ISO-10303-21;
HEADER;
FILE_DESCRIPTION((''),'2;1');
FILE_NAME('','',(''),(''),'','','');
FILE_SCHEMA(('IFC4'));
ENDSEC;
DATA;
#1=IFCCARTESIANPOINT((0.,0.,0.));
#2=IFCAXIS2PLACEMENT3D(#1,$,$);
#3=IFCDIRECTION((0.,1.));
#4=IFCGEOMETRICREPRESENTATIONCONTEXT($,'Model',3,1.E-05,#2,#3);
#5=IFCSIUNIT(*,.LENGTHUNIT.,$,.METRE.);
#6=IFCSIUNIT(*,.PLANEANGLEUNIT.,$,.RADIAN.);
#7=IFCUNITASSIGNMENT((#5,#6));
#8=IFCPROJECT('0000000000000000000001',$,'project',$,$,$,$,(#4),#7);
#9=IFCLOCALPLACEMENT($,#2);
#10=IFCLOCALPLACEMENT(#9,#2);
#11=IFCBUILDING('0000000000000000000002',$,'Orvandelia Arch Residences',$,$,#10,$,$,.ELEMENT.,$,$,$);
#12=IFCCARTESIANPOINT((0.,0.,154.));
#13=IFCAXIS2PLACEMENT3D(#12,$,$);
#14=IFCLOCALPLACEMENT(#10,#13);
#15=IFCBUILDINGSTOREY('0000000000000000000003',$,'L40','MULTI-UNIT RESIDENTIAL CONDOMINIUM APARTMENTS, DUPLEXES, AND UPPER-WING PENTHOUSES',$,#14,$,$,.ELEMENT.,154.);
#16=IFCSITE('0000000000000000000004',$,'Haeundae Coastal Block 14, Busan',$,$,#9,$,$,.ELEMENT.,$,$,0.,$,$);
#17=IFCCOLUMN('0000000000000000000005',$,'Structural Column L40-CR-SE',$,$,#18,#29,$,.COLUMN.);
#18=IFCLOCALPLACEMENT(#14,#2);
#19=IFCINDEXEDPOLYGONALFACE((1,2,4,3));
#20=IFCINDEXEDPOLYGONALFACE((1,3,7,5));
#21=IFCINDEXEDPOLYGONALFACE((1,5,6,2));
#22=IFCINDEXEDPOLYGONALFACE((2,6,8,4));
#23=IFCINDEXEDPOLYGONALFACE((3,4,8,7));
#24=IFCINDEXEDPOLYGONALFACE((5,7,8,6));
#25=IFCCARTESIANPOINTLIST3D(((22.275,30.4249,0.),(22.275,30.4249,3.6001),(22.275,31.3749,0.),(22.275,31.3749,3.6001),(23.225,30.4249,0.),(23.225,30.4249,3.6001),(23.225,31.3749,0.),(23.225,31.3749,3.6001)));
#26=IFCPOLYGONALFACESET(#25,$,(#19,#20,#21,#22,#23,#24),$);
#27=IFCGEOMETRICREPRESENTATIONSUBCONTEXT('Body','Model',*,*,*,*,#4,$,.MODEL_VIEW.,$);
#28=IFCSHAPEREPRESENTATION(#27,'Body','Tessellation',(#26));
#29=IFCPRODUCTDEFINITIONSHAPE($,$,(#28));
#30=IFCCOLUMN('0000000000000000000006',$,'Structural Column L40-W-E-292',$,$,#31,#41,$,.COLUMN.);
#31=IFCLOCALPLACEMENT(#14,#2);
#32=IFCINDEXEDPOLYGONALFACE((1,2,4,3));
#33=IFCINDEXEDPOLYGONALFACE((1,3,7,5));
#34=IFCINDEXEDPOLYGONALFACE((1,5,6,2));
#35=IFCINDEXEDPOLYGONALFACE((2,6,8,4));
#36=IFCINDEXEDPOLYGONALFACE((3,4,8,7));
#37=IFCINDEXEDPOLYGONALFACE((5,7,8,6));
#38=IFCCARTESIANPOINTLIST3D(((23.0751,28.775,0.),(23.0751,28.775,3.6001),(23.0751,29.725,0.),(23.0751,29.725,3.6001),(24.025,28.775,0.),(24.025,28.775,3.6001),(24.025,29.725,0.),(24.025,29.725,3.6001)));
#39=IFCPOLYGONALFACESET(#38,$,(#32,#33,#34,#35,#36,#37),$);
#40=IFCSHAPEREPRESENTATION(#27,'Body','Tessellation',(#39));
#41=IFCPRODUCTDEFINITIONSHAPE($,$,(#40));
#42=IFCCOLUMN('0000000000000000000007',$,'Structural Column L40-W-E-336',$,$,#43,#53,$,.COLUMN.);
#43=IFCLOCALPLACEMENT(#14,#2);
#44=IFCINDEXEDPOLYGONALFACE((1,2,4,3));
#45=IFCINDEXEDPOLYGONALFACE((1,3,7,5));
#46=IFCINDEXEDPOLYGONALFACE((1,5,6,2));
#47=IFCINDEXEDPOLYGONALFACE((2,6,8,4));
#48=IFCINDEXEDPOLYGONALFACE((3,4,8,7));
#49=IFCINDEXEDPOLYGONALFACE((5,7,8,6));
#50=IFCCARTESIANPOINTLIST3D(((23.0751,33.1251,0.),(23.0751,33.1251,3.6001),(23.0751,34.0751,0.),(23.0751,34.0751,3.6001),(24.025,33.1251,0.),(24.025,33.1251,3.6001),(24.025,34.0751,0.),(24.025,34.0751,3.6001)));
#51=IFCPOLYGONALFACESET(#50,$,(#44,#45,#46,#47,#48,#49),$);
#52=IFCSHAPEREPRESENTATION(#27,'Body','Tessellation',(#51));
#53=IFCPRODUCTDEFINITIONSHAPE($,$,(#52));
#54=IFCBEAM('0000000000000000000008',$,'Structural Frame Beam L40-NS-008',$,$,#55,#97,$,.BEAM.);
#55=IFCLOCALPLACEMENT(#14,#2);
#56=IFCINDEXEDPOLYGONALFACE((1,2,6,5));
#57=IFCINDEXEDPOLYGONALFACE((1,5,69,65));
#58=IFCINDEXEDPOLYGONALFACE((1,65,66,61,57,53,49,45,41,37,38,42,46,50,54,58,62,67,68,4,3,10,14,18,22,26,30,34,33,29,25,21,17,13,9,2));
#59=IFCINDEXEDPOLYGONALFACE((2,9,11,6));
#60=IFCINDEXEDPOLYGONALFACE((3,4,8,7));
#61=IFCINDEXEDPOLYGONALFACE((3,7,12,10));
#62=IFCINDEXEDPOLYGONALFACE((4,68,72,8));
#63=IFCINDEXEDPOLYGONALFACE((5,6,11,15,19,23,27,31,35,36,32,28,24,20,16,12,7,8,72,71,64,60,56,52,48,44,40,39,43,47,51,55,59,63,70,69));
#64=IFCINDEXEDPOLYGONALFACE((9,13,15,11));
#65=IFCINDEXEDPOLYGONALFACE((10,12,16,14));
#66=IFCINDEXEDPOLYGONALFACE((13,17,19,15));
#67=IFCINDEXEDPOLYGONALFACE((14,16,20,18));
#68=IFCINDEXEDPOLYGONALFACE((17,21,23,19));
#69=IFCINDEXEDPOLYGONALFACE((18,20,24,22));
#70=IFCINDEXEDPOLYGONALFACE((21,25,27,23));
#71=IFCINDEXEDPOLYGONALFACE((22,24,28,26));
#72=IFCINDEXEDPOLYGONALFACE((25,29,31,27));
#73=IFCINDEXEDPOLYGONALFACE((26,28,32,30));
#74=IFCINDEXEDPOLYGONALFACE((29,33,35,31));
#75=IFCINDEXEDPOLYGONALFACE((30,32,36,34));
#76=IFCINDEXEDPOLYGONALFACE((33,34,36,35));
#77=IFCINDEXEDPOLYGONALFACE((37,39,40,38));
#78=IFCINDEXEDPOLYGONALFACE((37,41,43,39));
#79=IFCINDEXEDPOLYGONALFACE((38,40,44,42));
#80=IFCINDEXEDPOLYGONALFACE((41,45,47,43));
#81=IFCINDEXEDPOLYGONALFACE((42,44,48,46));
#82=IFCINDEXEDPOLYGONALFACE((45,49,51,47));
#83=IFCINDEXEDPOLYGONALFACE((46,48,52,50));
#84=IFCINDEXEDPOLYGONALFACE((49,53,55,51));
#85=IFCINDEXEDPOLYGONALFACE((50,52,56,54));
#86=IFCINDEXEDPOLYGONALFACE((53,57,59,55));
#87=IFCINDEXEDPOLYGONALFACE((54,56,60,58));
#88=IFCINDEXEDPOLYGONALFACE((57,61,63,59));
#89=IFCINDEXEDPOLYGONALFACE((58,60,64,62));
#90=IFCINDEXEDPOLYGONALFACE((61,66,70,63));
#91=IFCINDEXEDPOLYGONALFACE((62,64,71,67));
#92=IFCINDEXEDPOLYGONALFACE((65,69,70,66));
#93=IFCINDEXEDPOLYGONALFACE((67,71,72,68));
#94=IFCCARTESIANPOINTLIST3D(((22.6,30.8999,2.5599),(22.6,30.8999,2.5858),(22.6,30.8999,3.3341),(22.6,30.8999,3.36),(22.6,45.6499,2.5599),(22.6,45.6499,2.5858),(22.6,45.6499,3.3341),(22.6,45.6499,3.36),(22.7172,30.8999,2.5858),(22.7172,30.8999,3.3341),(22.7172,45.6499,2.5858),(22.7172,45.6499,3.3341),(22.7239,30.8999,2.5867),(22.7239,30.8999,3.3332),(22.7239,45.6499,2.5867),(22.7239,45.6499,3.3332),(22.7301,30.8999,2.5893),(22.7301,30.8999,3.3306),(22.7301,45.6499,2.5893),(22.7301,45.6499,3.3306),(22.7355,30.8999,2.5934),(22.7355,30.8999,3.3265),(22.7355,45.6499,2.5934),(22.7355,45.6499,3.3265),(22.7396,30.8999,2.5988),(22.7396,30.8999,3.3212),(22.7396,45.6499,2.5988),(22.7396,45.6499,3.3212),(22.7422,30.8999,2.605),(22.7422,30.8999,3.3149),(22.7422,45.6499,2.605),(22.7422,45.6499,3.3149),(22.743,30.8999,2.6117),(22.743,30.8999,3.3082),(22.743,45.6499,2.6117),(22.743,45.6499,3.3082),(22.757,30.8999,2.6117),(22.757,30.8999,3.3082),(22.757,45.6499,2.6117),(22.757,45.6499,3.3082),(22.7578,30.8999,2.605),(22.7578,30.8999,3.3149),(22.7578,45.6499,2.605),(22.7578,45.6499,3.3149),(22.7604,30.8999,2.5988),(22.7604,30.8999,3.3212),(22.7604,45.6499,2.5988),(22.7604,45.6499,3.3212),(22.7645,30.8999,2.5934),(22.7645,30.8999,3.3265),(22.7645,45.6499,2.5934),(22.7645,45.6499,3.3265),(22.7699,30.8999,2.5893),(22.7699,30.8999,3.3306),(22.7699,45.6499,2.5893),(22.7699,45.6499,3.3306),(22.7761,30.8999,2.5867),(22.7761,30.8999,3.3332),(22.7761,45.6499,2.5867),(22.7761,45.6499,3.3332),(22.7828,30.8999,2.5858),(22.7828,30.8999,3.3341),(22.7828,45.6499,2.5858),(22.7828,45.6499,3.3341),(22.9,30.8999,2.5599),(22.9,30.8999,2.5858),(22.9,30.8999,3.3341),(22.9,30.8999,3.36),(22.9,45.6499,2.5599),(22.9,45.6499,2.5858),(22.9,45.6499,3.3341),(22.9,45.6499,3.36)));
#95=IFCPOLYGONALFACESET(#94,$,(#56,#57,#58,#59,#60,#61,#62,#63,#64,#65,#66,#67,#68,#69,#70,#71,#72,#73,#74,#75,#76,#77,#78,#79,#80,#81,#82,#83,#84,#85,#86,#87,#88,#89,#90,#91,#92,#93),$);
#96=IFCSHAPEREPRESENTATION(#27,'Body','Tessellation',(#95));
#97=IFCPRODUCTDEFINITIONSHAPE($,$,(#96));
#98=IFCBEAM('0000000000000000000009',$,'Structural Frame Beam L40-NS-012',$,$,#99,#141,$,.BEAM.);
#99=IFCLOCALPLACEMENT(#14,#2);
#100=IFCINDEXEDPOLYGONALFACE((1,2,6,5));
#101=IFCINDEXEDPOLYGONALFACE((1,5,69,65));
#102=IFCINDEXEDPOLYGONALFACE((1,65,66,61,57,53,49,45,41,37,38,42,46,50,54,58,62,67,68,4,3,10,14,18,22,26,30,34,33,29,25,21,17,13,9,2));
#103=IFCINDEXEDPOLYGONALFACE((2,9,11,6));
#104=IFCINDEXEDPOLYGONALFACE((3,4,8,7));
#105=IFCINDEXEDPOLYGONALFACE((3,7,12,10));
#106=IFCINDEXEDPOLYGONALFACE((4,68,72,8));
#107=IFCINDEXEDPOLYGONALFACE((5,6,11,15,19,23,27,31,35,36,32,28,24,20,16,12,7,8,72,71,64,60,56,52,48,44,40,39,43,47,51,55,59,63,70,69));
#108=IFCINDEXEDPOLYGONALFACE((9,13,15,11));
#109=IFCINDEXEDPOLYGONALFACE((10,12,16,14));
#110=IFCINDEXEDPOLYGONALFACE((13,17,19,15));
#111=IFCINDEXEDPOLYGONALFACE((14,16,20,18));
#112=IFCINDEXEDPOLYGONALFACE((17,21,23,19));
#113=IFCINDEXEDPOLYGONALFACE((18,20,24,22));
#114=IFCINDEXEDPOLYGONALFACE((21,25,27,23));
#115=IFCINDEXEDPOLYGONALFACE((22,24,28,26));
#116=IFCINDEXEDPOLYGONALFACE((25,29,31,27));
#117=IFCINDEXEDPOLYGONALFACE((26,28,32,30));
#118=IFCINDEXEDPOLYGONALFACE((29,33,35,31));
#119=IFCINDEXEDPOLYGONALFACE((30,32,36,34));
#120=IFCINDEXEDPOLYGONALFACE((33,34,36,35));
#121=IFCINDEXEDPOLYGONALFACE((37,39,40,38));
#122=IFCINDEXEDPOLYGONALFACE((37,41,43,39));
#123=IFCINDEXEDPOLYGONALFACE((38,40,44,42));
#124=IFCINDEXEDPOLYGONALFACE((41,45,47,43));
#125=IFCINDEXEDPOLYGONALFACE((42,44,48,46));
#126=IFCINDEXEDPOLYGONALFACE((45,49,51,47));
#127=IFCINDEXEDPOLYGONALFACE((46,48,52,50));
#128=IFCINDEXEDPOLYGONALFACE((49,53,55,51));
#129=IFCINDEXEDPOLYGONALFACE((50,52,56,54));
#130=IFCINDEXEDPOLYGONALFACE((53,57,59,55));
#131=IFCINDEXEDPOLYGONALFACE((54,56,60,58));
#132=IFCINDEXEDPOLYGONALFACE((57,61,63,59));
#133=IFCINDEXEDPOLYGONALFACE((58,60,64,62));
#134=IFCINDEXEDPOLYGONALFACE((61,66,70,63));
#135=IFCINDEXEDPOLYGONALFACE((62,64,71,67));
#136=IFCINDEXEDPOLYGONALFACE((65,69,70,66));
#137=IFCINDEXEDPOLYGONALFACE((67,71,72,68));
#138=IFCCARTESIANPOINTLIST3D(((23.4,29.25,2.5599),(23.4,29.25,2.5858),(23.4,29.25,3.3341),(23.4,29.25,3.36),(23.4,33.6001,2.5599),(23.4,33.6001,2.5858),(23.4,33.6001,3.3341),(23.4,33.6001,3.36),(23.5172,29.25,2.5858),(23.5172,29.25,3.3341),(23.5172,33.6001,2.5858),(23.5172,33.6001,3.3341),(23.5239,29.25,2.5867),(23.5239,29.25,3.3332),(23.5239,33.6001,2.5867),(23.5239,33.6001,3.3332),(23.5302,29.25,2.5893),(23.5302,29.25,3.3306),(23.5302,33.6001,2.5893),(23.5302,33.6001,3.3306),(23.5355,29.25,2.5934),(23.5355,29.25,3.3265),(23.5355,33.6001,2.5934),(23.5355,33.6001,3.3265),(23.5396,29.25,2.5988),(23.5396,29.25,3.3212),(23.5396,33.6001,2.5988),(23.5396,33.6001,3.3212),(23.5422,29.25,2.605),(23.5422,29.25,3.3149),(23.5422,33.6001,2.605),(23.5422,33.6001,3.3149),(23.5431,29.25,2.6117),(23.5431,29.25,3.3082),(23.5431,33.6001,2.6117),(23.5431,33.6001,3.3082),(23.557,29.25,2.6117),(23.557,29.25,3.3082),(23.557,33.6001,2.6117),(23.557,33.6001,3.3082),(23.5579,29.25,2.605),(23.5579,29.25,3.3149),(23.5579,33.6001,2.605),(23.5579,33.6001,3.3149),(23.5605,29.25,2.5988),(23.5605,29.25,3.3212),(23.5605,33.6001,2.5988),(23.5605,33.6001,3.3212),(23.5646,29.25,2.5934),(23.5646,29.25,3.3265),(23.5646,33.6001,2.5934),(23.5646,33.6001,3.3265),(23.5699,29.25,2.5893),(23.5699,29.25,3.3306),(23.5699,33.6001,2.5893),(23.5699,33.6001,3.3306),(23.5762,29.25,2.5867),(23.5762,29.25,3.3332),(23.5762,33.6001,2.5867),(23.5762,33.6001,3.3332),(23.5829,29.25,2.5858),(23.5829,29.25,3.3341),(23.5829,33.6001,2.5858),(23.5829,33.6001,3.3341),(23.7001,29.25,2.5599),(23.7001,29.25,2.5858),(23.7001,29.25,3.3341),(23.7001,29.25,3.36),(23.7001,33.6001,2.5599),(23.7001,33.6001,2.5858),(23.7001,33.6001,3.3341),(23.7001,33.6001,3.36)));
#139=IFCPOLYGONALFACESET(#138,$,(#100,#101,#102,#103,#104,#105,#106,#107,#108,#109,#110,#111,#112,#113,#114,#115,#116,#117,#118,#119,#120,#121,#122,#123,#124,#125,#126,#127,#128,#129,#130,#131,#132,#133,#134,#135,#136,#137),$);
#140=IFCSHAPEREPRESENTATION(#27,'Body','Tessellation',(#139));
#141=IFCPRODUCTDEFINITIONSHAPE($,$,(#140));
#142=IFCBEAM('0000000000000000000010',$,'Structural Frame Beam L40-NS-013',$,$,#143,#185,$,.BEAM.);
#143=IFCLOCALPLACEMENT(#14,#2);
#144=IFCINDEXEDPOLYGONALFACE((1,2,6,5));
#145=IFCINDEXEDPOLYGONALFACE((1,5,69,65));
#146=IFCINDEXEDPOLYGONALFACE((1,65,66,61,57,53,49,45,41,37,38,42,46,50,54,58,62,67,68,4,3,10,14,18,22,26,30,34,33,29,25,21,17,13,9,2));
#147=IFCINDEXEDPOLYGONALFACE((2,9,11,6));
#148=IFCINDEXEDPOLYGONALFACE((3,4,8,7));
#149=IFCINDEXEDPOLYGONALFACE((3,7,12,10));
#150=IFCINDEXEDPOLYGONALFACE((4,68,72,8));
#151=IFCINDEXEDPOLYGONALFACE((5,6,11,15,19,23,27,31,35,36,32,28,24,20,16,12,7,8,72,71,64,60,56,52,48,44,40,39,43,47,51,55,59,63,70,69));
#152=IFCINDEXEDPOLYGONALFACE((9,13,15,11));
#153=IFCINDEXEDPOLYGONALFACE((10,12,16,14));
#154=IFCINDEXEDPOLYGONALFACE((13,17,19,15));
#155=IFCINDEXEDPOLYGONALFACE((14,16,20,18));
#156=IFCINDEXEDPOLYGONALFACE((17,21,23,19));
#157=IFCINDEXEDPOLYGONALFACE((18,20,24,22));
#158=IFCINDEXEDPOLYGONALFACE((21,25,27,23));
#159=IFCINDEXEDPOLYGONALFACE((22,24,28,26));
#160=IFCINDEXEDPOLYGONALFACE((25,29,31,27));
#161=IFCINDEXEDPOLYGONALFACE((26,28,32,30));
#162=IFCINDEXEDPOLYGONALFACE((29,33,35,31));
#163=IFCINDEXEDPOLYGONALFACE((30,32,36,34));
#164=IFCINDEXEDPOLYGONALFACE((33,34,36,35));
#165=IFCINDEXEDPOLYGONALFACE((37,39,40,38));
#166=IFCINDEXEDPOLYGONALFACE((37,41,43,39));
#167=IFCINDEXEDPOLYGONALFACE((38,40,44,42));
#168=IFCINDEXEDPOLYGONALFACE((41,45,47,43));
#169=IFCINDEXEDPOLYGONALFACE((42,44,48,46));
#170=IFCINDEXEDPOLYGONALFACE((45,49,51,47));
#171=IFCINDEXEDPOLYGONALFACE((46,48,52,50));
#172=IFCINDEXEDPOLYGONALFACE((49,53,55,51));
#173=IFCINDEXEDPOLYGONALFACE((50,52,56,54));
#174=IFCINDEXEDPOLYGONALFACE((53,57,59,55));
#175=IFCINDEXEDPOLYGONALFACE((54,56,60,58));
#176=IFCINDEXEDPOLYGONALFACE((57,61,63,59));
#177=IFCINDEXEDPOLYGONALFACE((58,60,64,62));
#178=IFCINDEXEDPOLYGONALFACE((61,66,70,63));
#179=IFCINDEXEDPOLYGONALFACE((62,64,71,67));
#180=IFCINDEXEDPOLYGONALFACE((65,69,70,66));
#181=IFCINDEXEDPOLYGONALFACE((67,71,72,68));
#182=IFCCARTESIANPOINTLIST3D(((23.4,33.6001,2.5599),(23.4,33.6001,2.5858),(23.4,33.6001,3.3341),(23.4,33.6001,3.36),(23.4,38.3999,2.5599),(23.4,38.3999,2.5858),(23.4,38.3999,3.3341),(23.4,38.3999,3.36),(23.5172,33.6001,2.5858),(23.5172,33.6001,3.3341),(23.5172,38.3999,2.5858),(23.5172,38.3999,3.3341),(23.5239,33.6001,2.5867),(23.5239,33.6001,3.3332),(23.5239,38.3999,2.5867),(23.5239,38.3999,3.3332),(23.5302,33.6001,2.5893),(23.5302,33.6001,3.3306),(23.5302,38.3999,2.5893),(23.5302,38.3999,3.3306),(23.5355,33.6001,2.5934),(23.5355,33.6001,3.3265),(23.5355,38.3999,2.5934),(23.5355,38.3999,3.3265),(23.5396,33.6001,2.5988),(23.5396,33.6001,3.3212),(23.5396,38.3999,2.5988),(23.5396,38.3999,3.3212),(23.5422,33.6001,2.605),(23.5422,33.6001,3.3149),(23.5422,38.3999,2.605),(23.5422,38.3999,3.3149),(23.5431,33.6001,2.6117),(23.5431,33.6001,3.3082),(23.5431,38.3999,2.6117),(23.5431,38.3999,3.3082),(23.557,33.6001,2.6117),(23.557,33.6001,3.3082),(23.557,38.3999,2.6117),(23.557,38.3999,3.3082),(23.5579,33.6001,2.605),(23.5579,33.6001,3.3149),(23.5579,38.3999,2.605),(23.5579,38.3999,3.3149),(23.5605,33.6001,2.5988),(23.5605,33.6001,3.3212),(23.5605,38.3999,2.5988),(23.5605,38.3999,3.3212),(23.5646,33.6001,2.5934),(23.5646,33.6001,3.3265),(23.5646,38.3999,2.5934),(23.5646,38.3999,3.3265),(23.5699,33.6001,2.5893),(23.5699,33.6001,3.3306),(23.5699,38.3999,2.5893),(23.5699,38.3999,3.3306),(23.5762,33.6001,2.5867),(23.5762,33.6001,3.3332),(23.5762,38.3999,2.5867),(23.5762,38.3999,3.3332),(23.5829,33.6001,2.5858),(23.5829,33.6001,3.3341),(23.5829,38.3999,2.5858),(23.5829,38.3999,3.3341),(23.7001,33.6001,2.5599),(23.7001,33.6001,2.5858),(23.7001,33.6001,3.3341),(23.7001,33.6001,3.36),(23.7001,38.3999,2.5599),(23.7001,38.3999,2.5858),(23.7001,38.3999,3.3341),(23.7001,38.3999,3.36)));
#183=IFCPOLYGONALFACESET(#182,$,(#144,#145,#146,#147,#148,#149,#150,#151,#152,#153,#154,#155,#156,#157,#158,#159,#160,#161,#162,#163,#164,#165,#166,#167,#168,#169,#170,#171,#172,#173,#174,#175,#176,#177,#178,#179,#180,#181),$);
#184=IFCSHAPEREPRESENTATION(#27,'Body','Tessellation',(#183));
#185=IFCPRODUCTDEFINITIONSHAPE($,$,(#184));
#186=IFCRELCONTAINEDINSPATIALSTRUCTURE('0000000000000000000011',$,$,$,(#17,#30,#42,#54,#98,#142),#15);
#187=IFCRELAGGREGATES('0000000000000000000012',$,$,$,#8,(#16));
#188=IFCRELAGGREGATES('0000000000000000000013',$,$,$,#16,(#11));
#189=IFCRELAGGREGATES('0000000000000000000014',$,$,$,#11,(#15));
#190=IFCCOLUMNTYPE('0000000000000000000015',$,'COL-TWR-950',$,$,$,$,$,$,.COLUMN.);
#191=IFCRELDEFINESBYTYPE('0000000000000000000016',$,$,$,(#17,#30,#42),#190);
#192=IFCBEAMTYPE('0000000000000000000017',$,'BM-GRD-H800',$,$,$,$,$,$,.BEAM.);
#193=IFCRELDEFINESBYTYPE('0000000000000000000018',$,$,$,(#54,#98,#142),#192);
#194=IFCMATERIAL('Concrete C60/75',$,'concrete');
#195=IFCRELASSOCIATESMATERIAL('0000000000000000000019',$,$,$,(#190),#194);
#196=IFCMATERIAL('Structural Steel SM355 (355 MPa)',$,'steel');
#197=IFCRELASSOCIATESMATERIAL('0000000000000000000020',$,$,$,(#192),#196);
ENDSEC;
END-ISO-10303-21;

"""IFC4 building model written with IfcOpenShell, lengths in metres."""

from ifc_helpers import new_model, si_unit, direction, frame, origin, origin_2d, place, context, subcontext, project, spatial, rectangle, i_section, extrude, material, material_profile, profile_set, type_object, element, save


model = new_model("IFC4")

# Units and contexts
model_context = context("Model", 3, precision=1e-05, world=origin(), true_north=direction((0.0, 1.0)))
body_context = subcontext(model_context, "Body", "Model", "MODEL_VIEW")
ifc_project = project(units=[si_unit("LENGTHUNIT", "METRE"), si_unit("PLANEANGLEUNIT", "RADIAN")], contexts=[model_context])

# Site, building, storey
site_placement = place(None, origin())
site = spatial("IfcSite", under=ifc_project, at=site_placement, Name="Haeundae Coastal Block 14, Busan", CompositionType="ELEMENT", RefElevation=0.0)
building_placement = place(site_placement, origin())
building = spatial("IfcBuilding", under=site, at=building_placement, Name="Orvandelia Arch Residences", CompositionType="ELEMENT")
storey_placement = place(building_placement, frame((0.0, 0.0, 154.0)))
storey = spatial("IfcBuildingStorey", under=building, at=storey_placement, Name="L40", Description="MULTI-UNIT RESIDENTIAL CONDOMINIUM APARTMENTS, DUPLEXES, AND UPPER-WING PENTHOUSES", CompositionType="ELEMENT", Elevation=154.0)

# Columns
ifc_material_1 = material(Name="Concrete C60/75", Category="concrete")
ifc_material_profile_1 = material_profile(ifc_material_1, rectangle(XDim=0.95, YDim=0.95, at=origin_2d()), Name="Concrete C60/75", Category="concrete")
ifc_profile_set_1 = profile_set([ifc_material_profile_1], Name="Concrete C60/75")
column_type = type_object("IfcColumnType", Name="COL-TWR-950", PredefinedType="COLUMN", material=ifc_profile_set_1)
for number, where, z_axis, x_axis, name in (
    (1, (22.75, 30.8999, 0.0), (0.0, 0.0, 1.0), (1.0, 0.0, 0.0), "Structural Column L40-CR-SE"),
    (2, (23.55, 29.25, 0.0), (0.0, 0.0, 1.0), (1.0, 0.0, 0.0), "Structural Column L40-W-E-292"),
    (3, (23.55, 33.6001, 0.0), (0.0, 0.0, 1.0), (1.0, 0.0, 0.0), "Structural Column L40-W-E-336"),
):
    element("IfcColumn", number, at=place(storey_placement, frame(where, z_axis=z_axis, x_axis=x_axis)), inside=storey, type_object=column_type, Name=name, PredefinedType="COLUMN", context=body_context, shape_type="SweptSolid", body=[
        extrude(rectangle(XDim=0.95, YDim=0.95, at=origin_2d()), origin(), (0.0, 0.0, 1.0), 3.6001),
    ])

# Beams
ifc_material_2 = material(Name="Structural Steel SM355 (355 MPa)", Category="steel")
ifc_material_profile_2 = material_profile(ifc_material_2, i_section(OverallWidth=0.3, OverallDepth=0.8, WebThickness=0.0139, FlangeThickness=0.0259, FilletRadius=0.0259, at=origin_2d()), Name="Structural Steel SM355 (355 MPa)", Category="steel")
ifc_profile_set_2 = profile_set([ifc_material_profile_2], Name="Structural Steel SM355 (355 MPa)")
beam_type = type_object("IfcBeamType", Name="BM-GRD-H800", PredefinedType="BEAM", material=ifc_profile_set_2)
beam_1_placement = place(storey_placement, frame((22.75, 30.8999, 2.96), z_axis=(0.0, 1.0, 0.0), x_axis=(-1.0, 0.0, 0.0)))
element("IfcBeam", 4, at=beam_1_placement, inside=storey, type_object=beam_type, Name="Structural Frame Beam L40-NS-008", PredefinedType="BEAM", context=body_context, shape_type="SweptSolid", body=[
    extrude(i_section(OverallWidth=0.3, OverallDepth=0.8, WebThickness=0.0139, FlangeThickness=0.0259, FilletRadius=0.0259, at=origin_2d()), origin(), (0.0, 0.0, 1.0), 14.75),
])
beam_2_placement = place(storey_placement, frame((23.55, 29.25, 2.96), z_axis=(0.0, 1.0, 0.0), x_axis=(-1.0, 0.0, 0.0)))
element("IfcBeam", 5, at=beam_2_placement, inside=storey, type_object=beam_type, Name="Structural Frame Beam L40-NS-012", PredefinedType="BEAM", context=body_context, shape_type="SweptSolid", body=[
    extrude(i_section(OverallWidth=0.3, OverallDepth=0.8, WebThickness=0.0139, FlangeThickness=0.0259, FilletRadius=0.0259, at=origin_2d()), origin(), (0.0, 0.0, 1.0), 4.3501),
])
beam_3_placement = place(storey_placement, frame((23.55, 33.6001, 2.96), z_axis=(0.0, 1.0, 0.0), x_axis=(-1.0, 0.0, 0.0)))
element("IfcBeam", 6, at=beam_3_placement, inside=storey, type_object=beam_type, Name="Structural Frame Beam L40-NS-013", PredefinedType="BEAM", context=body_context, shape_type="SweptSolid", body=[
    extrude(i_section(OverallWidth=0.3, OverallDepth=0.8, WebThickness=0.0139, FlangeThickness=0.0259, FilletRadius=0.0259, at=origin_2d()), origin(), (0.0, 0.0, 1.0), 4.7998),
])

save(model, "model.ifc")
